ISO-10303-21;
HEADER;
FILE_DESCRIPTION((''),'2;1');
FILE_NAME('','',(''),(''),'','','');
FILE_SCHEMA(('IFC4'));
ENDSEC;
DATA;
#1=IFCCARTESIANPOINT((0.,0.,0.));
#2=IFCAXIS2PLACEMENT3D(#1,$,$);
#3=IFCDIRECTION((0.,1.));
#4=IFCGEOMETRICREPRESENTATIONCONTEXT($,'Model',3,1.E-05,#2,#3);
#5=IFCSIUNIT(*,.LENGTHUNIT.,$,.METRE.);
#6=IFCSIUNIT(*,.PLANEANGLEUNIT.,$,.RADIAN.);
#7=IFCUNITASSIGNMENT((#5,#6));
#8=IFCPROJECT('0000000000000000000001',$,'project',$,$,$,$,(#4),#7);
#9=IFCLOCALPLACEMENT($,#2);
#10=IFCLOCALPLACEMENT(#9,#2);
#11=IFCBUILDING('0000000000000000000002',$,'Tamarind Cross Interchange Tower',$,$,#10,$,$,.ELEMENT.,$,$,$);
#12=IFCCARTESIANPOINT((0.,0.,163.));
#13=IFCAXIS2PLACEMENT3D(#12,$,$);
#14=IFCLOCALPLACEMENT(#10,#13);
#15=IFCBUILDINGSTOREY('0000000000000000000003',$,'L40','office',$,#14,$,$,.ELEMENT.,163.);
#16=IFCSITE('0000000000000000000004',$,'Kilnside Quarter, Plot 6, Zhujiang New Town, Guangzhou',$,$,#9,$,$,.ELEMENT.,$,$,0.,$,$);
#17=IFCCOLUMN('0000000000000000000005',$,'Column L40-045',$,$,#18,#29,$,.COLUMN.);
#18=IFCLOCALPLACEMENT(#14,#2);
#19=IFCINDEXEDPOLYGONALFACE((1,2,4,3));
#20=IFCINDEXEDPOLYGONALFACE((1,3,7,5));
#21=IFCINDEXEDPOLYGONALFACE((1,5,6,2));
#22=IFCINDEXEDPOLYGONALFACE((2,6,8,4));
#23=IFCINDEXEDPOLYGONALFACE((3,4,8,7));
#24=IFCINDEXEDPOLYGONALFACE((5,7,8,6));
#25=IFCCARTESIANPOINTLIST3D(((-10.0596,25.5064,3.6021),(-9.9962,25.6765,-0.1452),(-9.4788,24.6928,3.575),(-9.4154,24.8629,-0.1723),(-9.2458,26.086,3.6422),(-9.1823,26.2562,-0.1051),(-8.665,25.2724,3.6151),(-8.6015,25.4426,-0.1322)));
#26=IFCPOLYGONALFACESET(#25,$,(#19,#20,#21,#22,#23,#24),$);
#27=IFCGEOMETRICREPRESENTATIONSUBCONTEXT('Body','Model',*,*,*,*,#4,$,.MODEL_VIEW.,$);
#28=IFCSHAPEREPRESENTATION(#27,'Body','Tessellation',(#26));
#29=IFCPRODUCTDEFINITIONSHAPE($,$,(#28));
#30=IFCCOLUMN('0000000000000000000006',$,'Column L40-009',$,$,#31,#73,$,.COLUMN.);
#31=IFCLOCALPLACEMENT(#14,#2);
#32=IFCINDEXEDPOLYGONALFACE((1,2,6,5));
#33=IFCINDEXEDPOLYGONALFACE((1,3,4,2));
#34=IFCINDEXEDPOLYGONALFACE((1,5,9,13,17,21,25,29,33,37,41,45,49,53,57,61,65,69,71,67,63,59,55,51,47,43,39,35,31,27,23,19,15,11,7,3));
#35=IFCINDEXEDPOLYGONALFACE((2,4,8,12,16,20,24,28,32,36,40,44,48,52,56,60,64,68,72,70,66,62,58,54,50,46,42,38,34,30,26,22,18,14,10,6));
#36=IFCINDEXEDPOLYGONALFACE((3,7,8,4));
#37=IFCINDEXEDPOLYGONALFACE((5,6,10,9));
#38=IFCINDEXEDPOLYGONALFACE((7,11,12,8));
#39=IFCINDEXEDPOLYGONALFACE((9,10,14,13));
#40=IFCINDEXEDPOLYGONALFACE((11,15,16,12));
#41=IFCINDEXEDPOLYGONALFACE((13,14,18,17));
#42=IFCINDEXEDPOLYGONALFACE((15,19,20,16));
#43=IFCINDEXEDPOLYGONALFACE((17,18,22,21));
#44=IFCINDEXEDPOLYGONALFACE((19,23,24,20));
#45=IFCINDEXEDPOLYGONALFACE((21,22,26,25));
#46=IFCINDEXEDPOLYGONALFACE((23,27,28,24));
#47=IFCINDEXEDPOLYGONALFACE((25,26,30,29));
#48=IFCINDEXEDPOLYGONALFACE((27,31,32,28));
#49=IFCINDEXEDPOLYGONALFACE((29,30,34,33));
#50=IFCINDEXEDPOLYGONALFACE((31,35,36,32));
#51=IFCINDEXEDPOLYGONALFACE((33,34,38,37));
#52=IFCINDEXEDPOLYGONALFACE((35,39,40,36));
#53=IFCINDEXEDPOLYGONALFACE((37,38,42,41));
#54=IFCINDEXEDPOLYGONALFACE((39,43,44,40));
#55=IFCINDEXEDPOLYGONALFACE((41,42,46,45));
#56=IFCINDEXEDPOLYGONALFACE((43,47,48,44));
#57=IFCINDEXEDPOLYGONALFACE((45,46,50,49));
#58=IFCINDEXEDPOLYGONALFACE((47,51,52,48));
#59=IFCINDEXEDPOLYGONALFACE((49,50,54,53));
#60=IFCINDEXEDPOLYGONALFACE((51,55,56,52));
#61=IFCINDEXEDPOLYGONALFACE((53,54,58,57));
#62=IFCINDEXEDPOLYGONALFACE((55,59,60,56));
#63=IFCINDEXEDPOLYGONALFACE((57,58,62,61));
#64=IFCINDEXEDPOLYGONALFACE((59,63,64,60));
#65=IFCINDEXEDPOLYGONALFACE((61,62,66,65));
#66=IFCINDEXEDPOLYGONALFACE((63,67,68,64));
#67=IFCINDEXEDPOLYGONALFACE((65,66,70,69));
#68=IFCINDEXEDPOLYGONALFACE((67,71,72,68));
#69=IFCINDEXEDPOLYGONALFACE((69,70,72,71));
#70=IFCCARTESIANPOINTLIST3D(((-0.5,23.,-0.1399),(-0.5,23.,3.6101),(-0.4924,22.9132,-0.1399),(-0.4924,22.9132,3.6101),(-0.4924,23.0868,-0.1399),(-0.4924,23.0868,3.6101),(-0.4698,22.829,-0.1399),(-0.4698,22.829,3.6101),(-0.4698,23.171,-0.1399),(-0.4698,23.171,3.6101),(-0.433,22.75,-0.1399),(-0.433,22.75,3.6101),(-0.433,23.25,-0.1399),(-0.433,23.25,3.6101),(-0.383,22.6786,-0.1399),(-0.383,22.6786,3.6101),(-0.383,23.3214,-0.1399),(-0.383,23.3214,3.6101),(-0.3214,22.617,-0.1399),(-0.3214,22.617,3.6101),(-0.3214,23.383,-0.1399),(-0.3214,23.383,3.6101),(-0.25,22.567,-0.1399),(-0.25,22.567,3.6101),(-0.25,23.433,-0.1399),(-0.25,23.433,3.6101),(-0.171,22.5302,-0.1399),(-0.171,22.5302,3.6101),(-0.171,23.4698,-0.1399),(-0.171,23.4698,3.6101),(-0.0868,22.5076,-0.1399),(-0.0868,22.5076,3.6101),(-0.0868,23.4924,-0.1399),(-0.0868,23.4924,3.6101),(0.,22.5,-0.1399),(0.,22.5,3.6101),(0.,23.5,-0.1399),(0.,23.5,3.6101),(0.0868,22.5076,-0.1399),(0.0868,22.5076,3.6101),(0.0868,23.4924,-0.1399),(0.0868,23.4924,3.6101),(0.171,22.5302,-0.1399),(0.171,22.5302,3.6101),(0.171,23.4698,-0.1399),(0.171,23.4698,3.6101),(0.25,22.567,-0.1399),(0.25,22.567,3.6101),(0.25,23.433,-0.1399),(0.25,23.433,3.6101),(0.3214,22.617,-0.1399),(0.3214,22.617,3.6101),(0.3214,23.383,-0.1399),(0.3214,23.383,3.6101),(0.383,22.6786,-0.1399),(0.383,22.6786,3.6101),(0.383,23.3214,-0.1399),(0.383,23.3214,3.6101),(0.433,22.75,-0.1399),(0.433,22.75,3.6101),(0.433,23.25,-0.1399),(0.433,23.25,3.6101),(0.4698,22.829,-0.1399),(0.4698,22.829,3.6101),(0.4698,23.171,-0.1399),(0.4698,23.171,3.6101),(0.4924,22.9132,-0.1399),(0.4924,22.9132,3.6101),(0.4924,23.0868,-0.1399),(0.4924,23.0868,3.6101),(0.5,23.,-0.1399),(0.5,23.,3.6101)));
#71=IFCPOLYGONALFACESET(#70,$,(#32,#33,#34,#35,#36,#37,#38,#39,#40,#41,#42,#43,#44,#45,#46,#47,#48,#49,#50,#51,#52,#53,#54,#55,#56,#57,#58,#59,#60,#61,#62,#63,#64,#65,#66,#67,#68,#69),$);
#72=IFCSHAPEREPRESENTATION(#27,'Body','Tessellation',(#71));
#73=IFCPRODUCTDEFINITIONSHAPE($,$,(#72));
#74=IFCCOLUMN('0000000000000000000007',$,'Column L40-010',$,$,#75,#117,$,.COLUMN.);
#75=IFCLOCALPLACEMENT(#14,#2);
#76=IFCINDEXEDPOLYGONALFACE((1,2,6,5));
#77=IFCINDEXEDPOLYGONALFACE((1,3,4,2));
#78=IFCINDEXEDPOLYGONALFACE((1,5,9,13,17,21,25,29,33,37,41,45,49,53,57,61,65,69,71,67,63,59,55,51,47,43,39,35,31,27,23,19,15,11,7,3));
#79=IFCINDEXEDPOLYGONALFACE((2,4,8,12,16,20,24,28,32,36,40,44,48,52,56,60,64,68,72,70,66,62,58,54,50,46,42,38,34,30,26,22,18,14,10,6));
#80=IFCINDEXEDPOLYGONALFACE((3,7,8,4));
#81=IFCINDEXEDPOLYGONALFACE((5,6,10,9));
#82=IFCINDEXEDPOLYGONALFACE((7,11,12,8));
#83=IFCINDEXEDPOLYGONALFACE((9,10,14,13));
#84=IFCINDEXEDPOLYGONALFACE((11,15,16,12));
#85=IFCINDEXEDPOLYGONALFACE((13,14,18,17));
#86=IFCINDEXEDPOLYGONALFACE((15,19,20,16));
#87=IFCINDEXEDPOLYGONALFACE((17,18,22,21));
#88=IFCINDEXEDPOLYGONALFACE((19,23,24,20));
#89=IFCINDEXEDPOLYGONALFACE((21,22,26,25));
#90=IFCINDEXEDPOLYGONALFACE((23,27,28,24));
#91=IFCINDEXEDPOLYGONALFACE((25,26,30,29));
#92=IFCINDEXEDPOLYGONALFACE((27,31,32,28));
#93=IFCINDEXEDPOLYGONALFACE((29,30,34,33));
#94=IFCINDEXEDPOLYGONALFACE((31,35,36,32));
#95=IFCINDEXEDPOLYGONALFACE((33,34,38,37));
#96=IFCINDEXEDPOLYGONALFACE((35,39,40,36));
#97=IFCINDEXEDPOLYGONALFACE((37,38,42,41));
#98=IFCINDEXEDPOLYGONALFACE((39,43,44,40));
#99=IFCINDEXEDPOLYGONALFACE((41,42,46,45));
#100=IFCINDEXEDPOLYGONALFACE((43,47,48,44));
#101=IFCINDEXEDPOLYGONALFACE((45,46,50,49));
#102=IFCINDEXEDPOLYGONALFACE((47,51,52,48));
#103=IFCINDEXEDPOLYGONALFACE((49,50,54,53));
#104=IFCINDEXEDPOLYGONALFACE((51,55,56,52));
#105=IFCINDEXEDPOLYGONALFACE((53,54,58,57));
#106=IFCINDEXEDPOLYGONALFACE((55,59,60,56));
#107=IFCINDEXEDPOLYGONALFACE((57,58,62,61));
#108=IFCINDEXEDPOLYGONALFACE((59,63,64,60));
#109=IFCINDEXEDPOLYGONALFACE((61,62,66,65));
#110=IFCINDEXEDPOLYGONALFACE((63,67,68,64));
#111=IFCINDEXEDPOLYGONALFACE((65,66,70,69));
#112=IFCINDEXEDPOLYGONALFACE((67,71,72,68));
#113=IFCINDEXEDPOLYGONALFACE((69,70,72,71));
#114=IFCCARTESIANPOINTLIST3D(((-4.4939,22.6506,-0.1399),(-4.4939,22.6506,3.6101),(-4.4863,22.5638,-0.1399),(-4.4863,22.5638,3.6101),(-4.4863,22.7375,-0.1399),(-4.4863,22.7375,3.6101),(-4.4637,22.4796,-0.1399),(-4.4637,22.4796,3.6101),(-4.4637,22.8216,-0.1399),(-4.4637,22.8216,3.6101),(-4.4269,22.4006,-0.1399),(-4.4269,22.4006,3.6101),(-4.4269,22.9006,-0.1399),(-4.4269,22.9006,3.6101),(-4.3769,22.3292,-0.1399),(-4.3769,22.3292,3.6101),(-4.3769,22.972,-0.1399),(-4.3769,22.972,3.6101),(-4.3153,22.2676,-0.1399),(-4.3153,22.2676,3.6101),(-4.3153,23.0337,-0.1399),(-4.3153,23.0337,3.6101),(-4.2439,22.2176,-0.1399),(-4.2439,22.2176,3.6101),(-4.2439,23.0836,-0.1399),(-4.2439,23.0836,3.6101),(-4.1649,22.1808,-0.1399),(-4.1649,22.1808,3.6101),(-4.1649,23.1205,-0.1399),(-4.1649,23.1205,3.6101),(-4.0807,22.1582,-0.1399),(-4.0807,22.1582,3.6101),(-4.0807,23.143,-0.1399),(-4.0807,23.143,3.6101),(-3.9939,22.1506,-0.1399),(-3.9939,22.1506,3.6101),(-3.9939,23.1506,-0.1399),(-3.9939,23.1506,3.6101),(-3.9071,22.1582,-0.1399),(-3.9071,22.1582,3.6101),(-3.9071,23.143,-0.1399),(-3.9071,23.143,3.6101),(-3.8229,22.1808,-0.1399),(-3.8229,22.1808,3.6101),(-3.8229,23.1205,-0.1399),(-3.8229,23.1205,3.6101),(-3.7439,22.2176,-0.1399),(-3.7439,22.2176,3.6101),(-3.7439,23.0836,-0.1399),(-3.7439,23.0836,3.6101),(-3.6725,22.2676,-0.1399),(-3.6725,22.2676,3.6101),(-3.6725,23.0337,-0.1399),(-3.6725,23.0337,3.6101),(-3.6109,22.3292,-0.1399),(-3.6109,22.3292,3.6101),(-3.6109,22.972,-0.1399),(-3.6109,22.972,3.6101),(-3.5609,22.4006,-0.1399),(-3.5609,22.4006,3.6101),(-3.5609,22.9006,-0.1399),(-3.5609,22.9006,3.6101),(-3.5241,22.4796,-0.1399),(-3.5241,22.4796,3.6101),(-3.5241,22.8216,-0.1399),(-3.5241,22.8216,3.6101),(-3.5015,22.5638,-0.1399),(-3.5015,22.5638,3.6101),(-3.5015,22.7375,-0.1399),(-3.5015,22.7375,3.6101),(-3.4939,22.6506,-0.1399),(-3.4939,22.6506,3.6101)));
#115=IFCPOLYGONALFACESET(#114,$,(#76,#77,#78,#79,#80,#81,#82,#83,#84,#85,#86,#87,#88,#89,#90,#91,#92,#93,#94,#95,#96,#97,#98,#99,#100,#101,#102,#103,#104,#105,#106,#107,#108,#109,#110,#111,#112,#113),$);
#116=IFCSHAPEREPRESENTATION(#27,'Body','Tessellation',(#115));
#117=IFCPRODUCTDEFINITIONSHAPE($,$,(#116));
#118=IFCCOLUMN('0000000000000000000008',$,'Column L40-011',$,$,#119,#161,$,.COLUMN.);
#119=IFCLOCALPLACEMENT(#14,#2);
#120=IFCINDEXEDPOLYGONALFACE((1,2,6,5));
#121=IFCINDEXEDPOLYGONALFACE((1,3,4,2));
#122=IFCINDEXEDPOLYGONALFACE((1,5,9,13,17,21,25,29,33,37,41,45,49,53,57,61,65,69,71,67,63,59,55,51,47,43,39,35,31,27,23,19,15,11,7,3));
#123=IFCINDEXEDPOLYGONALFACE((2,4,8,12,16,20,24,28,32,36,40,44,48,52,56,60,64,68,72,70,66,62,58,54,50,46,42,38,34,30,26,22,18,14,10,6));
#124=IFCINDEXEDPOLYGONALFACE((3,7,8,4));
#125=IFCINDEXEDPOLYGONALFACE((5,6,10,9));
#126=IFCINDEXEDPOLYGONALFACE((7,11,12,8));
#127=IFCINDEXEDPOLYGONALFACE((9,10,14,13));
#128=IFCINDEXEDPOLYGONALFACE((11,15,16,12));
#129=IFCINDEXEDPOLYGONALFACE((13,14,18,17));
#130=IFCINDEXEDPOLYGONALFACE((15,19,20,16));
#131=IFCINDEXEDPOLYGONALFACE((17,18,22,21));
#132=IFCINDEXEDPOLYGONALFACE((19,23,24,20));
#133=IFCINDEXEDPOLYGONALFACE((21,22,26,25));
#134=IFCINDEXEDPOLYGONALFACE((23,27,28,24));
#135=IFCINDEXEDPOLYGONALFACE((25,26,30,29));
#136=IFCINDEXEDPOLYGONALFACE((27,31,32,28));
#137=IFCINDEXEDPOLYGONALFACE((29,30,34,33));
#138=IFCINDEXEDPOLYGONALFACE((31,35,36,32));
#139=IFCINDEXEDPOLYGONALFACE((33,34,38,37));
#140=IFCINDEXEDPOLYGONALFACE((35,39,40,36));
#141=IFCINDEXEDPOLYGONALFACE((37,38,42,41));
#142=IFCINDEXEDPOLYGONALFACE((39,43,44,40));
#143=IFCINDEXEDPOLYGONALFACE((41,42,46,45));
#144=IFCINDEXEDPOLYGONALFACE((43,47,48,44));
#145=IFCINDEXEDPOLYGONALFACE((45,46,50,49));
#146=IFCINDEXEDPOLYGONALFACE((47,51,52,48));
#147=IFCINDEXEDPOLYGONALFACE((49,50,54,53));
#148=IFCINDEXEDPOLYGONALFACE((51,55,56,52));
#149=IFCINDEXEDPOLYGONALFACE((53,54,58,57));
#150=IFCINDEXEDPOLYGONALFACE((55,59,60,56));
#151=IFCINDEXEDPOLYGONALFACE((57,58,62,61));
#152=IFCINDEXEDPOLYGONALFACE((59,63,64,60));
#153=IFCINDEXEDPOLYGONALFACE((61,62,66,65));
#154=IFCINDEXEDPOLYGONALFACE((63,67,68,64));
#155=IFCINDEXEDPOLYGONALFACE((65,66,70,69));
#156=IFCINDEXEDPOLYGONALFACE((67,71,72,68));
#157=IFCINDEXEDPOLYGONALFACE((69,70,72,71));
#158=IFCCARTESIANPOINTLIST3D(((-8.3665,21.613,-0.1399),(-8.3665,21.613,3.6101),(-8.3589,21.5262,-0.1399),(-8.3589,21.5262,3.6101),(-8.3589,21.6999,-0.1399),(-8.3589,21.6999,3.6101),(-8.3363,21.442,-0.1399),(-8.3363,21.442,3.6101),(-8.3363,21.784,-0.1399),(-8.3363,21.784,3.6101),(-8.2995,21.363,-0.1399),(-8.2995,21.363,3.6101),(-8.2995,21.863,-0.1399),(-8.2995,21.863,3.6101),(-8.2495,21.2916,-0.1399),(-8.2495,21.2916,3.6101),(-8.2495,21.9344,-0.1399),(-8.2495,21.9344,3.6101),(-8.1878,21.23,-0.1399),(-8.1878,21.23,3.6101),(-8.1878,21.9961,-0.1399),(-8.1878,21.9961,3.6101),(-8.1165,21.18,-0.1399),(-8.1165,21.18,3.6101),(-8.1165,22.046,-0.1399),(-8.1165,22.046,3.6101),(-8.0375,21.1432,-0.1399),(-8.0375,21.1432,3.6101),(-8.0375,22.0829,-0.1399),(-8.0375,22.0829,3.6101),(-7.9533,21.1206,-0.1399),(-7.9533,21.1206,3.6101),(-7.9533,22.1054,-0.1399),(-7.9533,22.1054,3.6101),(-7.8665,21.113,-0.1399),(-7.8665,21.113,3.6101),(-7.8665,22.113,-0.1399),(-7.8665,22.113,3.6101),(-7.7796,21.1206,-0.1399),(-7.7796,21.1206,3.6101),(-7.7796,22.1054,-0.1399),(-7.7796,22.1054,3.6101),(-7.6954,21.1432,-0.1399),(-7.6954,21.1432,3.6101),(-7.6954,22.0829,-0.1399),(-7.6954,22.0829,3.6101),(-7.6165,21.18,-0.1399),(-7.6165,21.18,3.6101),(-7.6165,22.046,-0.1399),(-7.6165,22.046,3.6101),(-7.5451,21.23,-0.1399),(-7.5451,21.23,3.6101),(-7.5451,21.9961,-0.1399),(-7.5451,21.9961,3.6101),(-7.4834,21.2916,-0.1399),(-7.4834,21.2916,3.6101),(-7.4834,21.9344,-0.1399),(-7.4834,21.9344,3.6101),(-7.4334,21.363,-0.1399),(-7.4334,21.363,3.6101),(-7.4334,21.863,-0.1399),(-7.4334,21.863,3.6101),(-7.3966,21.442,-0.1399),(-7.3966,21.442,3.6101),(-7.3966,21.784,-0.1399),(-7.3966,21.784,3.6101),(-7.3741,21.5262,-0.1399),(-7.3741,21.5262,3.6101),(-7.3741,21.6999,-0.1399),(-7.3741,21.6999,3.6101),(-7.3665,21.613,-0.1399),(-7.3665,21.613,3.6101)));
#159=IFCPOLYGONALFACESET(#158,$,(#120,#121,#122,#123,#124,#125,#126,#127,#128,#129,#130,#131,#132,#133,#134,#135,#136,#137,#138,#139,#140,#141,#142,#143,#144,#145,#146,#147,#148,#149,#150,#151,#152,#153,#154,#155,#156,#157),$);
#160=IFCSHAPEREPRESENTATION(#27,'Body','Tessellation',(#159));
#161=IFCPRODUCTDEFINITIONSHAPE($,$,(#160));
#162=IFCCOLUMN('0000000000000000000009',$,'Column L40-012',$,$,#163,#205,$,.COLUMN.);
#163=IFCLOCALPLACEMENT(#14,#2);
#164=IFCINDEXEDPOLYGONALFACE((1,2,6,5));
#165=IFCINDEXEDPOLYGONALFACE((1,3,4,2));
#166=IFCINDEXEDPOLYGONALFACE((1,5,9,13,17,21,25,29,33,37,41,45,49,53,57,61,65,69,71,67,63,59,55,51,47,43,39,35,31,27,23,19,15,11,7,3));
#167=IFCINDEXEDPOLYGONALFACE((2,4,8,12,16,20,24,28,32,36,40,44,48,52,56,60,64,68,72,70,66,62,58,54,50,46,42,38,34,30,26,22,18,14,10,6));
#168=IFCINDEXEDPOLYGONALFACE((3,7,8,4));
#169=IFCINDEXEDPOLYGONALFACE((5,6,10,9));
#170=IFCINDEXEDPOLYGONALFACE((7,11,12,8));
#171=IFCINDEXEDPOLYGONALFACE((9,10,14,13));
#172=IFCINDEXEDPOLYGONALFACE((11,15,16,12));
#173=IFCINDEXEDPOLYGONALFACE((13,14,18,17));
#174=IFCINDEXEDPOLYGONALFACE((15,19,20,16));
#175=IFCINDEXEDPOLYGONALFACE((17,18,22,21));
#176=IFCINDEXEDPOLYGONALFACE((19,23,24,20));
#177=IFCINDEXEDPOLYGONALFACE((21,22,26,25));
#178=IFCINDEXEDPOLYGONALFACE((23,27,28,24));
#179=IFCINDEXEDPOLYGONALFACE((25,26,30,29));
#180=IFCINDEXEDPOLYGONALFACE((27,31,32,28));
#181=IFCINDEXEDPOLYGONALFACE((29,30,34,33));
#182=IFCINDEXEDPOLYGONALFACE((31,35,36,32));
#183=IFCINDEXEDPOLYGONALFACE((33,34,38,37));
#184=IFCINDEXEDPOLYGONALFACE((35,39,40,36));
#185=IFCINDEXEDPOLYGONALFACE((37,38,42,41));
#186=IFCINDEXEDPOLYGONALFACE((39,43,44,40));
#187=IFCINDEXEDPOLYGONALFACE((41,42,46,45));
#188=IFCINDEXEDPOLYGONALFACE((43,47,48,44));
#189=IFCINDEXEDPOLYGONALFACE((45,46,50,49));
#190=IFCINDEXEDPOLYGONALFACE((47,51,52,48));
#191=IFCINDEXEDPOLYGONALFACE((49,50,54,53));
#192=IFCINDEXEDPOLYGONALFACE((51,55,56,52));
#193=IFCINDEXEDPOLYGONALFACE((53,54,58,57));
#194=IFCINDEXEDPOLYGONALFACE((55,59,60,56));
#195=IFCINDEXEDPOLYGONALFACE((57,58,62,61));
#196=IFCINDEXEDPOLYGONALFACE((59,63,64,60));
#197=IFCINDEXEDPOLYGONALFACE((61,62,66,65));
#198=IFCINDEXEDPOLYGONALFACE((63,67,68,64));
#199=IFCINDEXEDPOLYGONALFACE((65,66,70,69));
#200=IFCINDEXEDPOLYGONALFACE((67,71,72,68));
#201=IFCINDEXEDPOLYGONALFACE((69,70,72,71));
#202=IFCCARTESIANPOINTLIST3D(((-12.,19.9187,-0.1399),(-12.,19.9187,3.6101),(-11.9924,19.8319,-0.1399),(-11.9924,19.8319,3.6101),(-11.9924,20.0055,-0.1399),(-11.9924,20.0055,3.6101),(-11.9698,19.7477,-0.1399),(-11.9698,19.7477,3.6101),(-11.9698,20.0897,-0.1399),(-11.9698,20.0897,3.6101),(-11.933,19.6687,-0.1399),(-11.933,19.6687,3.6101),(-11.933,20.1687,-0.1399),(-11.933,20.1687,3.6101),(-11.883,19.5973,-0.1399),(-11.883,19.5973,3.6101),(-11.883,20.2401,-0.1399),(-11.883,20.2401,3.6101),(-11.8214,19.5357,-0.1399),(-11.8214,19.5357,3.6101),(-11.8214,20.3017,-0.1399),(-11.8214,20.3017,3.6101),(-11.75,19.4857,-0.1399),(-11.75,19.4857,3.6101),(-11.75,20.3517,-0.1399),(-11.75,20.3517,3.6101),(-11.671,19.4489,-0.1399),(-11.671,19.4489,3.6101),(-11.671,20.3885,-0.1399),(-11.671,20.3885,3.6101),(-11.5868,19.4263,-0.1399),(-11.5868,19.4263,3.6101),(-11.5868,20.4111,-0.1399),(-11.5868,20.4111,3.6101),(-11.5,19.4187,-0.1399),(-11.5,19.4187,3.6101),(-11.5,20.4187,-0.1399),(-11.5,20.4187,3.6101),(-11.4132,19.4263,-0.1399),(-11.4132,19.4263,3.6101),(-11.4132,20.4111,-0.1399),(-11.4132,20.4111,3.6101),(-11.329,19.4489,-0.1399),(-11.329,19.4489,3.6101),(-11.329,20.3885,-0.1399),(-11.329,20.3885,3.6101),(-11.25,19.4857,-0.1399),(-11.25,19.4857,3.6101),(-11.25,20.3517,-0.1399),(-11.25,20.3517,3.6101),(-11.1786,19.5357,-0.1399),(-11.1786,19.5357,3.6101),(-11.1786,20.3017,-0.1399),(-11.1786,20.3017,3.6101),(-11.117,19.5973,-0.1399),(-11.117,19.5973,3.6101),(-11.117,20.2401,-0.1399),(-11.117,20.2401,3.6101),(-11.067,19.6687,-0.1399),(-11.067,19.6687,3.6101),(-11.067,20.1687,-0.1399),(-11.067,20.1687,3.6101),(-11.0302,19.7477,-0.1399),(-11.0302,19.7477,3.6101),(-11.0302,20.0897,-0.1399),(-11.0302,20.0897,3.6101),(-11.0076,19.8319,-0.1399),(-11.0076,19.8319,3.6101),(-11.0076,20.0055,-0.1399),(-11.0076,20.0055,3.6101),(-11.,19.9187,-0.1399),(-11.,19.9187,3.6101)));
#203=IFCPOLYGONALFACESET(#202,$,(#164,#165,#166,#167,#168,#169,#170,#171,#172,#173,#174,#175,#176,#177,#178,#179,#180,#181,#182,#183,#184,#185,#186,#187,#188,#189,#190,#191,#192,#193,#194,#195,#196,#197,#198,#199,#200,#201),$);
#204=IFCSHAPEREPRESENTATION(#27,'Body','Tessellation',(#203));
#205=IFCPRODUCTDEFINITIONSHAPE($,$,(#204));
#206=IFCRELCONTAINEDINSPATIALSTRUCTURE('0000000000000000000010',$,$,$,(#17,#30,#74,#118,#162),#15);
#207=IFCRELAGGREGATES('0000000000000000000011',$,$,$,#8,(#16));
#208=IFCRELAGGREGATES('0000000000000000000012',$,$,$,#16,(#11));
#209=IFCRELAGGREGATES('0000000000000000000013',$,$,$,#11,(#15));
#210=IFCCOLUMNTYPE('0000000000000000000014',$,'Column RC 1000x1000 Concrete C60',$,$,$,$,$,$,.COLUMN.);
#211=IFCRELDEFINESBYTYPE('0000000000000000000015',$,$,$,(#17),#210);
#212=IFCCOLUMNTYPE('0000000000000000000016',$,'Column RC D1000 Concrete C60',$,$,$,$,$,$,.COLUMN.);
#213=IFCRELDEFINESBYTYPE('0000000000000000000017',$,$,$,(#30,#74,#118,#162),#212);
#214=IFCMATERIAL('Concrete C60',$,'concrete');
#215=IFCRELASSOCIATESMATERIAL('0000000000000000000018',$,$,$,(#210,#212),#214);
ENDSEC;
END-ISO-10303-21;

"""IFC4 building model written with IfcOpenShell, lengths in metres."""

from ifc_helpers import new_model, si_unit, direction, frame, origin, origin_2d, place, context, subcontext, project, spatial, rectangle, circle, extrude, material, material_profile, profile_set, type_object, element, save


model = new_model("IFC4")

# Units and contexts
model_context = context("Model", 3, precision=1e-05, world=origin(), true_north=direction((0.0, 1.0)))
body_context = subcontext(model_context, "Body", "Model", "MODEL_VIEW")
ifc_project = project(units=[si_unit("LENGTHUNIT", "METRE"), si_unit("PLANEANGLEUNIT", "RADIAN")], contexts=[model_context])

# Site, building, storey
site_placement = place(None, origin())
site = spatial("IfcSite", under=ifc_project, at=site_placement, Name="Kilnside Quarter, Plot 6, Zhujiang New Town, Guangzhou", CompositionType="ELEMENT", RefElevation=0.0)
building_placement = place(site_placement, origin())
building = spatial("IfcBuilding", under=site, at=building_placement, Name="Tamarind Cross Interchange Tower", CompositionType="ELEMENT")
storey_placement = place(building_placement, frame((0.0, 0.0, 163.0)))
storey = spatial("IfcBuildingStorey", under=building, at=storey_placement, Name="L40", Description="office", CompositionType="ELEMENT", Elevation=163.0)

# Columns
ifc_material_1 = material(Name="Concrete C60", Category="concrete")
ifc_material_profile_1 = material_profile(ifc_material_1, rectangle(XDim=1.0, YDim=1.0, at=origin_2d()), Name="RC 1000x1000")
ifc_profile_set_1 = profile_set([ifc_material_profile_1], Name="Concrete C60")
column_type_1 = type_object("IfcColumnType", Name="Column RC 1000x1000 Concrete C60", PredefinedType="COLUMN", material=ifc_profile_set_1)
column_placement = place(storey_placement, frame((-9.2988, 25.5596, -0.1387), z_axis=(-0.016919, -0.045357, 0.998828), x_axis=(0.813875, 0.579654, 0.040109)))
element("IfcColumn", 1, at=column_placement, inside=storey, type_object=column_type_1, Name="Column L40-045", PredefinedType="COLUMN", context=body_context, shape_type="SweptSolid", body=[
    extrude(rectangle(XDim=1.0, YDim=1.0, at=origin_2d()), origin(), (0.0, 0.0, 1.0), 3.7517),
])
ifc_material_profile_2 = material_profile(ifc_material_1, circle(Radius=0.5, at=origin_2d()), Name="RC D1000")
ifc_profile_set_2 = profile_set([ifc_material_profile_2], Name="Concrete C60")
column_type_2 = type_object("IfcColumnType", Name="Column RC D1000 Concrete C60", PredefinedType="COLUMN", material=ifc_profile_set_2)
for number, where, z_axis, x_axis, name in (
    (2, (0.0, 23.0, -0.1399), (0.0, 0.0, 1.0), (1.0, 0.0, 0.0), "Column L40-009"),
    (3, (-3.9939, 22.6506, -0.1399), (0.0, 0.0, 1.0), (1.0, 0.0, 0.0), "Column L40-010"),
    (4, (-7.8665, 21.613, -0.1399), (0.0, 0.0, 1.0), (1.0, 0.0, 0.0), "Column L40-011"),
    (5, (-11.5, 19.9187, -0.1399), (0.0, 0.0, 1.0), (1.0, 0.0, 0.0), "Column L40-012"),
):
    element("IfcColumn", number, at=place(storey_placement, frame(where, z_axis=z_axis, x_axis=x_axis)), inside=storey, type_object=column_type_2, Name=name, PredefinedType="COLUMN", context=body_context, shape_type="SweptSolid", body=[
        extrude(circle(Radius=0.5, at=origin_2d()), origin(), (0.0, 0.0, 1.0), 3.75),
    ])

save(model, "model.ifc")
